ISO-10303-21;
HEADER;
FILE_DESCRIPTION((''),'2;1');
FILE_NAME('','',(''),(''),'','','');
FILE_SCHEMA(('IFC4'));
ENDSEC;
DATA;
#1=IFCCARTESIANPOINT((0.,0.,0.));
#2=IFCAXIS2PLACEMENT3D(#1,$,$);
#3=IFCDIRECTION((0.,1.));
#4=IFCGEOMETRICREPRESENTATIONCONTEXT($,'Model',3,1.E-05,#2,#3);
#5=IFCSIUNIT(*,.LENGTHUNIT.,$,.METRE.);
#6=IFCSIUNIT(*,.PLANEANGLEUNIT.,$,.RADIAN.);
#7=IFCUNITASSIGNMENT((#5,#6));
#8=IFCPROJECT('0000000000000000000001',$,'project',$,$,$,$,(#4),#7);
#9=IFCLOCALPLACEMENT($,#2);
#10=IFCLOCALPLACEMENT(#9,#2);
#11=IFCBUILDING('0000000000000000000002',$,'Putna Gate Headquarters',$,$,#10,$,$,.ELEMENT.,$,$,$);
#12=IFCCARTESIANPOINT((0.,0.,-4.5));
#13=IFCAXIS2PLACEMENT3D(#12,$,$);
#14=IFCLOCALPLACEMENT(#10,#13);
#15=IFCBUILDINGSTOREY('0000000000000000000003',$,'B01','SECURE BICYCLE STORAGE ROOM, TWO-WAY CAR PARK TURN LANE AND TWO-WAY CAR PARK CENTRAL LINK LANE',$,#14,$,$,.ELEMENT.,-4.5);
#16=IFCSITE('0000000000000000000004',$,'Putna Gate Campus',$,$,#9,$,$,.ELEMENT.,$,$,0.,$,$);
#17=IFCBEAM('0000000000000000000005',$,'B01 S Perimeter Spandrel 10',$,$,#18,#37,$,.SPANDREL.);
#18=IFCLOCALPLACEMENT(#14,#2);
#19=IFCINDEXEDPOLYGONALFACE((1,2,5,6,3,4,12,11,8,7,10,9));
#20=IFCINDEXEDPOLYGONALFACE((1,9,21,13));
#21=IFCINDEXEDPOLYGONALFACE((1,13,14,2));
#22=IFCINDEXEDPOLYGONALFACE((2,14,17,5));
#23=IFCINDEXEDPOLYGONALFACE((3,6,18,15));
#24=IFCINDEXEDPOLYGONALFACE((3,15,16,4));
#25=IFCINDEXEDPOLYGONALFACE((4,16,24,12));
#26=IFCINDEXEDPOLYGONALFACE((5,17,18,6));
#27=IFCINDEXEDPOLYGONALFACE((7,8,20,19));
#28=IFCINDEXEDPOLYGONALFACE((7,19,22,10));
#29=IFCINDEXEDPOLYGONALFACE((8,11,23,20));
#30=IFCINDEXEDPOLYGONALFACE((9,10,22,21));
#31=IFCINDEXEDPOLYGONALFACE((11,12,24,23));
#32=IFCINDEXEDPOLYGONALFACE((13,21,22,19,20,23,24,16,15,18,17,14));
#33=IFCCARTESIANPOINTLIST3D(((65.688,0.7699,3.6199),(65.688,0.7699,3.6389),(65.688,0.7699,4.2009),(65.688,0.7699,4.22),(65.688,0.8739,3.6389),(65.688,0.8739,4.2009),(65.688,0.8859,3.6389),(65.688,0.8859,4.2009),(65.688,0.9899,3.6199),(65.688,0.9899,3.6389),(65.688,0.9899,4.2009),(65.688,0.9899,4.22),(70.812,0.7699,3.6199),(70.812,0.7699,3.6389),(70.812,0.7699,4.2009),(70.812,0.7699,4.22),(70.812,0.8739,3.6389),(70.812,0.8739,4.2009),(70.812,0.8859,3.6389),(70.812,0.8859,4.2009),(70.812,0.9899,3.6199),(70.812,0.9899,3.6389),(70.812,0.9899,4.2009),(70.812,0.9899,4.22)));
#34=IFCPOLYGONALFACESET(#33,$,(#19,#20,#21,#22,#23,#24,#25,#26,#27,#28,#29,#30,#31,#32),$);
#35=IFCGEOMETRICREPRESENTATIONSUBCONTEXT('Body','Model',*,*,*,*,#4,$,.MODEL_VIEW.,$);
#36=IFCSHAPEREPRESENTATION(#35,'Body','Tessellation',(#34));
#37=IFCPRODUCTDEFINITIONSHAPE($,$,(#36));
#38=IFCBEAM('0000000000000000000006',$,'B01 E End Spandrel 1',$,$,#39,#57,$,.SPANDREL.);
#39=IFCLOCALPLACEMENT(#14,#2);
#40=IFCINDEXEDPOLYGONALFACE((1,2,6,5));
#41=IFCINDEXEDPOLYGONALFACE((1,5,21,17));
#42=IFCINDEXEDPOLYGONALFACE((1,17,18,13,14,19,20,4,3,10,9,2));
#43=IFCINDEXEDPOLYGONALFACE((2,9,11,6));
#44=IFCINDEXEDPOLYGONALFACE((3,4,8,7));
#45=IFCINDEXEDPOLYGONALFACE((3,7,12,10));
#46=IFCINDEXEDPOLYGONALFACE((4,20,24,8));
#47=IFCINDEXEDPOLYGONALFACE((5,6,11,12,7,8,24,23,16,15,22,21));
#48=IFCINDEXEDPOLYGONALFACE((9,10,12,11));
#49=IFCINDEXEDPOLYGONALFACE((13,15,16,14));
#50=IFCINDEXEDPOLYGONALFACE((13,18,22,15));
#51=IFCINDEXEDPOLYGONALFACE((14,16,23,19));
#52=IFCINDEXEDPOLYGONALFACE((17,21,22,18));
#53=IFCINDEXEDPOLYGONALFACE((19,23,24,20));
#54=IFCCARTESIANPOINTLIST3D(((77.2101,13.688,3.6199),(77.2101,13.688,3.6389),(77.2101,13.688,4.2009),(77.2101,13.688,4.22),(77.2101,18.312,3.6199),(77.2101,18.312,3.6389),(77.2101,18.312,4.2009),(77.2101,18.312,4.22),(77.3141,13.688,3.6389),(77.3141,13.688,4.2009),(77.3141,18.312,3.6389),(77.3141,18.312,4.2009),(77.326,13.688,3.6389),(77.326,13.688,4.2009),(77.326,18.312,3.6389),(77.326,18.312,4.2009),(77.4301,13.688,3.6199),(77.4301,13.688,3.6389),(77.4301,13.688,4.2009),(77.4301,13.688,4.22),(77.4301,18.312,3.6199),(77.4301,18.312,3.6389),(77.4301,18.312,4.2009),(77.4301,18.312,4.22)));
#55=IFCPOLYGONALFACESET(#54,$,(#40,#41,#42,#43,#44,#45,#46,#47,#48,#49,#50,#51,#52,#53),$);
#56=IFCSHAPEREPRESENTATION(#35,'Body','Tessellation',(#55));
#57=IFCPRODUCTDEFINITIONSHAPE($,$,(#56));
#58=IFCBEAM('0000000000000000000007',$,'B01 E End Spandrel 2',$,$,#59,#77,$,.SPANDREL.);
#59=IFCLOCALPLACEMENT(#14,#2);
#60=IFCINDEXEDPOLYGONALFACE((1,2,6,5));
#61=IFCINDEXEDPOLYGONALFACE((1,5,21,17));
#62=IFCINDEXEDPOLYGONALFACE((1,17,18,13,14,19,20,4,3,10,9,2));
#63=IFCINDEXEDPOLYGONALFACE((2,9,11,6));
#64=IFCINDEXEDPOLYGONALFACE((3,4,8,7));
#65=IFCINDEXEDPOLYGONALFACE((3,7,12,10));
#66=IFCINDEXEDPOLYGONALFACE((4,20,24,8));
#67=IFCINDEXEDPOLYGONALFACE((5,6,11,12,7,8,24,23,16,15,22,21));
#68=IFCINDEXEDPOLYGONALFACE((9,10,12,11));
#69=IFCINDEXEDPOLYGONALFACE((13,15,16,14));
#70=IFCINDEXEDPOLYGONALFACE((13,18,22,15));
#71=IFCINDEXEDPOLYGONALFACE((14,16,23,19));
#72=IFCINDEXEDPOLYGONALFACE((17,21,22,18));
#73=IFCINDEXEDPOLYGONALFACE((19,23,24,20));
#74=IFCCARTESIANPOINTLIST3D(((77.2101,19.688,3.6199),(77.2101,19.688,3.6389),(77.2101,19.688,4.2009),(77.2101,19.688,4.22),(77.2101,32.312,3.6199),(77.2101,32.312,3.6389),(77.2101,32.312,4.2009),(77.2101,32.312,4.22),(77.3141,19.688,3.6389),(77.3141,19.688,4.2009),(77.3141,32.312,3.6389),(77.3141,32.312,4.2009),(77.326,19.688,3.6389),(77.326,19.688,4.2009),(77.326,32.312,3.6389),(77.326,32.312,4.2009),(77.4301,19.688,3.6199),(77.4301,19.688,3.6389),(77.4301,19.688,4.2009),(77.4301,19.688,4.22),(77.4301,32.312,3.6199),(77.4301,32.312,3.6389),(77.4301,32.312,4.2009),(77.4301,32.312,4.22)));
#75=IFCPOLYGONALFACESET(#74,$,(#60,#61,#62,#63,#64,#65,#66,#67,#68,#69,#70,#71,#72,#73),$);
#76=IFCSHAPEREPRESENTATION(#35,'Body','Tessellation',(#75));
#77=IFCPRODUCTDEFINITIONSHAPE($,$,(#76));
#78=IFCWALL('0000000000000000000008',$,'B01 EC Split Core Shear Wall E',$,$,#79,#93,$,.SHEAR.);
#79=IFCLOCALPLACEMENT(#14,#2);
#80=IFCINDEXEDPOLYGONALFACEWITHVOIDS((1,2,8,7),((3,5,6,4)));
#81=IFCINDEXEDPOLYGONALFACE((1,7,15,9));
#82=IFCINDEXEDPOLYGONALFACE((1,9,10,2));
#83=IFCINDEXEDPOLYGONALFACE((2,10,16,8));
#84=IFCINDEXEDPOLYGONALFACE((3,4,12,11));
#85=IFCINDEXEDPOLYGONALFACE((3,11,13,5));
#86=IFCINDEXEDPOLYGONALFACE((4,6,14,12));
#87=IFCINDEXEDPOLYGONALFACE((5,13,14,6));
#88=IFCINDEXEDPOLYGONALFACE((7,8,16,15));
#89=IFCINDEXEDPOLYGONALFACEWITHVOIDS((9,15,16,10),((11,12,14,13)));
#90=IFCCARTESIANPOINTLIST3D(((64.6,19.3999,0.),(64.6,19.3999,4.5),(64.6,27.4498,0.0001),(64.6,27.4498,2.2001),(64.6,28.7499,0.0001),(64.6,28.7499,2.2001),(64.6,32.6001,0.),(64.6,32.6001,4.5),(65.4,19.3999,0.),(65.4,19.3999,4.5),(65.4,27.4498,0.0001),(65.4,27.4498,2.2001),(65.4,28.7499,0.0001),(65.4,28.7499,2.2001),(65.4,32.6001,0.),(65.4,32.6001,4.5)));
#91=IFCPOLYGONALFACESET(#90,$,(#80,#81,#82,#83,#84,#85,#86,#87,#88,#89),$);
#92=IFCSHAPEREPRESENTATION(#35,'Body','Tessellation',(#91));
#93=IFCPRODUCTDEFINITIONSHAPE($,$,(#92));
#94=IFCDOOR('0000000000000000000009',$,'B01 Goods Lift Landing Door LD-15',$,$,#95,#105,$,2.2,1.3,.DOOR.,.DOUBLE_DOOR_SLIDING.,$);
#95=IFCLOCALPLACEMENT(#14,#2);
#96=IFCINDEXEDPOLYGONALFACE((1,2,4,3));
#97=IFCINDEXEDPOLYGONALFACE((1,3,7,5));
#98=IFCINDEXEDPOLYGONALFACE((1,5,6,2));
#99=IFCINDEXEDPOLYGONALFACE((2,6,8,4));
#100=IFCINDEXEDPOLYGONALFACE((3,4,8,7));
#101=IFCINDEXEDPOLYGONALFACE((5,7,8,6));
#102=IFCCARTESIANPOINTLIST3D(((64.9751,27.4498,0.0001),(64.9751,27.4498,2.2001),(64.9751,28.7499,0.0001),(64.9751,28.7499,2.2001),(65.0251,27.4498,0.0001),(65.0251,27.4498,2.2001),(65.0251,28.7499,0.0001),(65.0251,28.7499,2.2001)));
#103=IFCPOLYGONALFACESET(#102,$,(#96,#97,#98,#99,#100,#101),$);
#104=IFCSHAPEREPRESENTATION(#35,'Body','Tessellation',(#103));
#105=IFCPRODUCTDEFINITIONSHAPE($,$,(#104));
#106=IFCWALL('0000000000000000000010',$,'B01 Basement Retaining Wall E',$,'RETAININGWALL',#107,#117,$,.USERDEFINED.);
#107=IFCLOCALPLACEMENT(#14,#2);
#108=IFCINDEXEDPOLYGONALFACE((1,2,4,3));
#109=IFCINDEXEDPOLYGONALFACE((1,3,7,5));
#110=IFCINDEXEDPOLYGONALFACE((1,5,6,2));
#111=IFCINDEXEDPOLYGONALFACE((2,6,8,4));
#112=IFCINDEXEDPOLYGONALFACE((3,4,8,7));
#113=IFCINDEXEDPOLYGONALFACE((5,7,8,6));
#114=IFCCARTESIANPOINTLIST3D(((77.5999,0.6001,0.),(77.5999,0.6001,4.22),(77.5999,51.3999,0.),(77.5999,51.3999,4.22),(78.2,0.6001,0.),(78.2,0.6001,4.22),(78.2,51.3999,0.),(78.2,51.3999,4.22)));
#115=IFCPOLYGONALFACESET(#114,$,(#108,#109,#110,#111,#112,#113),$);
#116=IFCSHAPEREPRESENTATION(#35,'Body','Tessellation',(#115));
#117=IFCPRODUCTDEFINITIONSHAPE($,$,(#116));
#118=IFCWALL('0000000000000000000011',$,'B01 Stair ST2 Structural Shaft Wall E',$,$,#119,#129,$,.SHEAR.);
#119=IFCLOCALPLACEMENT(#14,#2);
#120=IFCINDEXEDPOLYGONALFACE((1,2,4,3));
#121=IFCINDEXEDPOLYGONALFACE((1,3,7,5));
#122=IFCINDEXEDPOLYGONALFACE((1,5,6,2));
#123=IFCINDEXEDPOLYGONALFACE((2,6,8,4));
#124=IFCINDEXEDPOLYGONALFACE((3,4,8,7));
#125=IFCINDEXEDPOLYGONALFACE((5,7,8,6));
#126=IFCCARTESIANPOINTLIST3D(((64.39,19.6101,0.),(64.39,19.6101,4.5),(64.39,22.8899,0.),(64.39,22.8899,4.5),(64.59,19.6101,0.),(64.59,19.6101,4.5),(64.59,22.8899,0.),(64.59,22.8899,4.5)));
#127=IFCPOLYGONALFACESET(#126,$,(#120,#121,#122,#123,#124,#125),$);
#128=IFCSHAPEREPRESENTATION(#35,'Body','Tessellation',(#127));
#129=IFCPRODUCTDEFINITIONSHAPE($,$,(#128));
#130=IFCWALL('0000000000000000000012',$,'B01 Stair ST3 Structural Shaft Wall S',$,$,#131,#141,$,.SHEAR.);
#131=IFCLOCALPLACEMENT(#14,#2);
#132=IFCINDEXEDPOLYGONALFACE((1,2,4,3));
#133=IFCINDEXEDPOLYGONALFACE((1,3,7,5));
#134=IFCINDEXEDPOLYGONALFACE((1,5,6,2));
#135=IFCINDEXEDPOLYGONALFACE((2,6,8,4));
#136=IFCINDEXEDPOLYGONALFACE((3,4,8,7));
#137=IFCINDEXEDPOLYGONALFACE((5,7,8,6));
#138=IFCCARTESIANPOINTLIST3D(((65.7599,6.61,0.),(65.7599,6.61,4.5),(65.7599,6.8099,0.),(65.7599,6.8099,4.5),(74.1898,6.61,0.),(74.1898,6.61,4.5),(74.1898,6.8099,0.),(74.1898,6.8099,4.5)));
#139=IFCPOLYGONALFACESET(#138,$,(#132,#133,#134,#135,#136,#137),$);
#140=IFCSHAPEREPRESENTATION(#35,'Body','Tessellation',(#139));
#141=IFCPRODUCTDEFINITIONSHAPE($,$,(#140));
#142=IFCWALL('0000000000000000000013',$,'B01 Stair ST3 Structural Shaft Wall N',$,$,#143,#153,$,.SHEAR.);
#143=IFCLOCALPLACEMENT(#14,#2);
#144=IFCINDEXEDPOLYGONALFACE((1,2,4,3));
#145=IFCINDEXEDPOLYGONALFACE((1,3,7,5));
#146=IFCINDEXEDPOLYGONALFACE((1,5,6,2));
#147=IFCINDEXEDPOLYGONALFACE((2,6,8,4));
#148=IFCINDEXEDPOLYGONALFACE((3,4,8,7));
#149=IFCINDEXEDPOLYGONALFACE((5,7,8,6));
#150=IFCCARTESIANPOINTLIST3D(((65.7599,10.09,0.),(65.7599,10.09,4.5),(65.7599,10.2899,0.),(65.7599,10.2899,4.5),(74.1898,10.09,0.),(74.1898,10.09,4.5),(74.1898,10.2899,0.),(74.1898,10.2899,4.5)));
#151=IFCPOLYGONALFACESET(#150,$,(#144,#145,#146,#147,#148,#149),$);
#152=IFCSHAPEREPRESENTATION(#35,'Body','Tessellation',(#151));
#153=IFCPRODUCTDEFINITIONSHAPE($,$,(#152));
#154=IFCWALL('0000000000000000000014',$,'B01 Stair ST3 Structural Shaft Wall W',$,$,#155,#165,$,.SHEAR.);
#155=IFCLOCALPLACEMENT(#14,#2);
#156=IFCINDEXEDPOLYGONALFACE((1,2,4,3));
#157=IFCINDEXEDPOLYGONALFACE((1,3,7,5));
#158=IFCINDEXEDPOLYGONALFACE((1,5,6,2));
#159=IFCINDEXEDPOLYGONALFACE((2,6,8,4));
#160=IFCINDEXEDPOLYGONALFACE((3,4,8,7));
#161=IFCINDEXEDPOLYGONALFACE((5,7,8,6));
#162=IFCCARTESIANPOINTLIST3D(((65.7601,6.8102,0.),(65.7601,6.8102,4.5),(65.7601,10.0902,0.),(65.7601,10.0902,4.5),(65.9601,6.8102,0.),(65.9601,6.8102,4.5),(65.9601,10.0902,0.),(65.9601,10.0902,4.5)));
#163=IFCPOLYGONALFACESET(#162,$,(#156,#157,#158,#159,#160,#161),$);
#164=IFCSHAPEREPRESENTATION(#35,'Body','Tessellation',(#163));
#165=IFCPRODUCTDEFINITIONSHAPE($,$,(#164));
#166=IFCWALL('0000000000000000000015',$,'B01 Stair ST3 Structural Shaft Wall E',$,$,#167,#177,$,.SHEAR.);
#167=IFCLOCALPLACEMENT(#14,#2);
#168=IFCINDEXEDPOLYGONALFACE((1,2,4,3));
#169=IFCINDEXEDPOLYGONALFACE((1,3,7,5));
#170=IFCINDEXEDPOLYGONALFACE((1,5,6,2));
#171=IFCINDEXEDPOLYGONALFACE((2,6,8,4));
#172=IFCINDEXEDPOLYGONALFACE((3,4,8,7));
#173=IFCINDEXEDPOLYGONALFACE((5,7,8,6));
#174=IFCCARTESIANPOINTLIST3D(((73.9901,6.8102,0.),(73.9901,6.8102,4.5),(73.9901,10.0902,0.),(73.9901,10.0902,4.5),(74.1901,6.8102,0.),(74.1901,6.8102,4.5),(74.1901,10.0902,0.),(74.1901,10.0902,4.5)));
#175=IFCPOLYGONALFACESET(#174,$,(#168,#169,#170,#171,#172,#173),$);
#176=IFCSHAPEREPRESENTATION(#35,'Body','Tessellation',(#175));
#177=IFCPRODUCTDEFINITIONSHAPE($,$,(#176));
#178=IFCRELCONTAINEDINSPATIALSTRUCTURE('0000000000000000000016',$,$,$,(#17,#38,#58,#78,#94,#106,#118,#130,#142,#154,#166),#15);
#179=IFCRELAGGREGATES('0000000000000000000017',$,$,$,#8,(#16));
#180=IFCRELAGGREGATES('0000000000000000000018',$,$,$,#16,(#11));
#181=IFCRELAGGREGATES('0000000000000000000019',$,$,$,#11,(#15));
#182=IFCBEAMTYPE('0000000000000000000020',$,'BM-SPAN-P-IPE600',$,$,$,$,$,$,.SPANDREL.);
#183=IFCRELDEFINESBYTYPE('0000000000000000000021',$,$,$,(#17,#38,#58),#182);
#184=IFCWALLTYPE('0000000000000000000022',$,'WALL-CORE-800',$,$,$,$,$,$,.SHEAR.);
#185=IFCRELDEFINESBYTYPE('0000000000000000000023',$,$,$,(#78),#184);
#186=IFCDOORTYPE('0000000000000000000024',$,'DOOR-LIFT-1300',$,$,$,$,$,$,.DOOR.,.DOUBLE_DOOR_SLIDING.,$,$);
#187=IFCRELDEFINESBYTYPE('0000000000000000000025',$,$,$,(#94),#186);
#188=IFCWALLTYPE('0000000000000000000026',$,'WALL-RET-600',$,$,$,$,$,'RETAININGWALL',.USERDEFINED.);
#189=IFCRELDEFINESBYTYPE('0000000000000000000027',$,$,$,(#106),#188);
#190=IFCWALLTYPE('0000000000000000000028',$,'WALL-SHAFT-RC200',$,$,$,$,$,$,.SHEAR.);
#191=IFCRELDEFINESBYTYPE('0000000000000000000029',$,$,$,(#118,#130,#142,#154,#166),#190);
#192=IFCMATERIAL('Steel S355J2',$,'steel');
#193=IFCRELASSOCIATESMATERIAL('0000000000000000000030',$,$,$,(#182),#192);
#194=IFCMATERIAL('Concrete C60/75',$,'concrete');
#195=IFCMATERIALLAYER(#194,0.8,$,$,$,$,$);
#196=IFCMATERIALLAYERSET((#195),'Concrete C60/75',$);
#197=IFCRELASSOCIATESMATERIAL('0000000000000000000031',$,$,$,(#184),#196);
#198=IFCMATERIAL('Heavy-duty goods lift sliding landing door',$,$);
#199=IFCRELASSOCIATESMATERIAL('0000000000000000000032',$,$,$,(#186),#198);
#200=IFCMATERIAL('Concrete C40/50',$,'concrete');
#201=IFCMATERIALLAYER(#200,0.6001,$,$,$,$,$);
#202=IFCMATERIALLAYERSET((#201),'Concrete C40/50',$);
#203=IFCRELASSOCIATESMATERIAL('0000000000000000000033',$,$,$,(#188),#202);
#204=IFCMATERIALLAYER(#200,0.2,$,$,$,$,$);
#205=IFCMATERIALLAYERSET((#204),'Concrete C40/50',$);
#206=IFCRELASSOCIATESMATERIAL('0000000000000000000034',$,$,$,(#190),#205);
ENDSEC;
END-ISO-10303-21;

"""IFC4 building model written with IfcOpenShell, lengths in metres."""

from ifc_helpers import new_model, si_unit, direction, frame, frame_2d, origin, origin_2d, place, context, subcontext, project, spatial, rectangle, i_section, extrude, material, layer, layer_set, material_profile, profile_set, type_object, element, fill, save


model = new_model("IFC4")

# Units and contexts
model_context = context("Model", 3, precision=1e-05, world=origin(), true_north=direction((0.0, 1.0)))
body_context = subcontext(model_context, "Body", "Model", "MODEL_VIEW")
ifc_project = project(units=[si_unit("LENGTHUNIT", "METRE"), si_unit("PLANEANGLEUNIT", "RADIAN")], contexts=[model_context])

# Site, building, storey
site_placement = place(None, origin())
site = spatial("IfcSite", under=ifc_project, at=site_placement, Name="Putna Gate Campus", CompositionType="ELEMENT", RefElevation=0.0)
building_placement = place(site_placement, origin())
building = spatial("IfcBuilding", under=site, at=building_placement, Name="Putna Gate Headquarters", CompositionType="ELEMENT")
storey_placement = place(building_placement, frame((0.0, 0.0, -4.5)))
storey = spatial("IfcBuildingStorey", under=building, at=storey_placement, Name="B01", Description="SECURE BICYCLE STORAGE ROOM, TWO-WAY CAR PARK TURN LANE AND TWO-WAY CAR PARK CENTRAL LINK LANE", CompositionType="ELEMENT", Elevation=-4.5)

# Shared definitions
ifc_material_1 = material(Name="Concrete C60/75", Category="concrete")

# Beams
ifc_material_2 = material(Name="Steel S355J2", Category="steel")
ifc_material_profile_1 = material_profile(ifc_material_2, i_section(OverallWidth=0.22, OverallDepth=0.6001, WebThickness=0.012, FlangeThickness=0.019, at=origin_2d()), Name="Steel S355J2")
ifc_profile_set_1 = profile_set([ifc_material_profile_1], Name="Steel S355J2")
beam_type_1 = type_object("IfcBeamType", Name="BM-SPAN-P-IPE600", PredefinedType="SPANDREL", material=ifc_profile_set_1)
for number, where, z_axis, x_axis, name in (
    (1, (65.688, 0.8799, 3.9199), (1.0, 0.0, 0.0), (0.0, 1.0, 0.0), "B01 S Perimeter Spandrel 10"),
):
    element("IfcBeam", number, at=place(storey_placement, frame(where, z_axis=z_axis, x_axis=x_axis)), inside=storey, type_object=beam_type_1, Name=name, PredefinedType="SPANDREL", context=body_context, shape_type="SweptSolid", body=[
        extrude(i_section(OverallWidth=0.22, OverallDepth=0.6001, WebThickness=0.012, FlangeThickness=0.019, at=origin_2d()), origin(), (0.0, 0.0, 1.0), 5.124),
    ])
beam_1_placement = place(storey_placement, frame((77.3201, 13.688, 3.9199), z_axis=(0.0, 1.0, 0.0), x_axis=(-1.0, 0.0, 0.0)))
element("IfcBeam", 2, at=beam_1_placement, inside=storey, type_object=beam_type_1, Name="B01 E End Spandrel 1", PredefinedType="SPANDREL", context=body_context, shape_type="SweptSolid", body=[
    extrude(i_section(OverallWidth=0.22, OverallDepth=0.6001, WebThickness=0.012, FlangeThickness=0.019, at=origin_2d()), origin(), (0.0, 0.0, 1.0), 4.624),
])
beam_2_placement = place(storey_placement, frame((77.3201, 19.688, 3.9199), z_axis=(0.0, 1.0, 0.0), x_axis=(-1.0, 0.0, 0.0)))
element("IfcBeam", 3, at=beam_2_placement, inside=storey, type_object=beam_type_1, Name="B01 E End Spandrel 2", PredefinedType="SPANDREL", context=body_context, shape_type="SweptSolid", body=[
    extrude(i_section(OverallWidth=0.22, OverallDepth=0.6001, WebThickness=0.012, FlangeThickness=0.019, at=origin_2d()), origin(), (0.0, 0.0, 1.0), 12.624),
])

# Wall, opening, door
ifc_layer_1 = layer(ifc_material_1, 0.8)
ifc_layer_set_1 = layer_set([ifc_layer_1], Name="Concrete C60/75")
wall_type_1 = type_object("IfcWallType", Name="WALL-CORE-800", PredefinedType="SHEAR", material=ifc_layer_set_1)
wall_1_placement = place(storey_placement, frame((65.0, 19.3999, 0.0), z_axis=(0.0, 0.0, 1.0), x_axis=(0.0, 1.0, 0.0)))
wall_1 = element("IfcWall", 4, at=wall_1_placement, inside=storey, type_object=wall_type_1, Name="B01 EC Split Core Shear Wall E", PredefinedType="SHEAR", context=body_context, shape_type="SweptSolid", body=[
    extrude(rectangle(XDim=13.2002, YDim=0.8, at=frame_2d((6.6001, 0.0))), origin(), (0.0, 0.0, 1.0), 4.5),
])
opening_placement = place(wall_1_placement, frame((8.05, 0.0, 0.0)))
opening = element("IfcOpeningElement", 5, at=opening_placement, cuts=wall_1, PredefinedType="OPENING", context=body_context, shape_type="SweptSolid", body=[
    extrude(rectangle(XDim=1.3, YDim=2.2, at=frame_2d((0.6499, 1.1001))), frame((0.0, 0.4099, 0.0), z_axis=(0.0, -1.0, 0.0), x_axis=(1.0, 0.0, 0.0)), (0.0, 0.0, 1.0), 0.8201),
])
ifc_material_3 = material(Name="Heavy-duty goods lift sliding landing door")
door_type = type_object("IfcDoorType", Name="DOOR-LIFT-1300", OperationType="DOUBLE_DOOR_SLIDING", PredefinedType="DOOR", material=ifc_material_3)
door_placement = place(opening_placement, origin())
door = element("IfcDoor", 6, at=door_placement, inside=storey, type_object=door_type, Name="B01 Goods Lift Landing Door LD-15", OperationType="DOUBLE_DOOR_SLIDING", OverallHeight=2.2, OverallWidth=1.3, PredefinedType="DOOR", context=body_context, shape_type="SweptSolid", body=[
    extrude(rectangle(XDim=1.3, YDim=2.2, at=frame_2d((0.6499, 1.1001))), frame((0.0, 0.0249, 0.0), z_axis=(0.0, -1.0, 0.0), x_axis=(1.0, 0.0, 0.0)), (0.0, 0.0, 1.0), 0.05),
])
fill(opening, door)

# Walls
ifc_material_4 = material(Name="Concrete C40/50", Category="concrete")
ifc_layer_2 = layer(ifc_material_4, 0.6001)
ifc_layer_set_2 = layer_set([ifc_layer_2], Name="Concrete C40/50")
wall_type_2 = type_object("IfcWallType", Name="WALL-RET-600", ElementType="RETAININGWALL", PredefinedType="USERDEFINED", material=ifc_layer_set_2)
wall_2_placement = place(storey_placement, frame((77.8999, 0.6001, 0.0), z_axis=(0.0, 0.0, 1.0), x_axis=(0.0, 1.0, 0.0)))
element("IfcWall", 7, at=wall_2_placement, inside=storey, type_object=wall_type_2, Name="B01 Basement Retaining Wall E", ObjectType="RETAININGWALL", PredefinedType="USERDEFINED", context=body_context, shape_type="SweptSolid", body=[
    extrude(rectangle(XDim=50.7998, YDim=0.6001, at=frame_2d((25.3999, 0.0))), origin(), (0.0, 0.0, 1.0), 4.22),
])
ifc_layer_3 = layer(ifc_material_4, 0.2)
ifc_layer_set_3 = layer_set([ifc_layer_3], Name="Concrete C40/50")
wall_type_3 = type_object("IfcWallType", Name="WALL-SHAFT-RC200", PredefinedType="SHEAR", material=ifc_layer_set_3)
wall_3_placement = place(storey_placement, frame((64.49, 19.6101, 0.0), z_axis=(0.0, 0.0, 1.0), x_axis=(0.0, 1.0, 0.0)))
element("IfcWall", 8, at=wall_3_placement, inside=storey, type_object=wall_type_3, Name="B01 Stair ST2 Structural Shaft Wall E", PredefinedType="SHEAR", context=body_context, shape_type="SweptSolid", body=[
    extrude(rectangle(XDim=3.2798, YDim=0.2, at=frame_2d((1.6399, 0.0))), origin(), (0.0, 0.0, 1.0), 4.5),
])
for number, where, z_axis, x_axis, name in (
    (9, (65.76, 6.71, 0.0), (0.0, 0.0, 1.0), (1.0, 0.0, 0.0), "B01 Stair ST3 Structural Shaft Wall S"),
    (10, (65.76, 10.1899, 0.0), (0.0, 0.0, 1.0), (1.0, 0.0, 0.0), "B01 Stair ST3 Structural Shaft Wall N"),
):
    element("IfcWall", number, at=place(storey_placement, frame(where, z_axis=z_axis, x_axis=x_axis)), inside=storey, type_object=wall_type_3, Name=name, PredefinedType="SHEAR", context=body_context, shape_type="SweptSolid", body=[
        extrude(rectangle(XDim=8.4299, YDim=0.2, at=frame_2d((4.2148, 0.0))), origin(), (0.0, 0.0, 1.0), 4.5),
    ])
for number, where, z_axis, x_axis, name in (
    (11, (65.8601, 6.8101, 0.0), (0.0, 0.0, 1.0), (0.0, 1.0, 0.0), "B01 Stair ST3 Structural Shaft Wall W"),
    (12, (74.0901, 6.8101, 0.0), (0.0, 0.0, 1.0), (0.0, 1.0, 0.0), "B01 Stair ST3 Structural Shaft Wall E"),
):
    element("IfcWall", number, at=place(storey_placement, frame(where, z_axis=z_axis, x_axis=x_axis)), inside=storey, type_object=wall_type_3, Name=name, PredefinedType="SHEAR", context=body_context, shape_type="SweptSolid", body=[
        extrude(rectangle(XDim=3.28, YDim=0.2, at=frame_2d((1.6401, 0.0))), origin(), (0.0, 0.0, 1.0), 4.5),
    ])

save(model, "model.ifc")
